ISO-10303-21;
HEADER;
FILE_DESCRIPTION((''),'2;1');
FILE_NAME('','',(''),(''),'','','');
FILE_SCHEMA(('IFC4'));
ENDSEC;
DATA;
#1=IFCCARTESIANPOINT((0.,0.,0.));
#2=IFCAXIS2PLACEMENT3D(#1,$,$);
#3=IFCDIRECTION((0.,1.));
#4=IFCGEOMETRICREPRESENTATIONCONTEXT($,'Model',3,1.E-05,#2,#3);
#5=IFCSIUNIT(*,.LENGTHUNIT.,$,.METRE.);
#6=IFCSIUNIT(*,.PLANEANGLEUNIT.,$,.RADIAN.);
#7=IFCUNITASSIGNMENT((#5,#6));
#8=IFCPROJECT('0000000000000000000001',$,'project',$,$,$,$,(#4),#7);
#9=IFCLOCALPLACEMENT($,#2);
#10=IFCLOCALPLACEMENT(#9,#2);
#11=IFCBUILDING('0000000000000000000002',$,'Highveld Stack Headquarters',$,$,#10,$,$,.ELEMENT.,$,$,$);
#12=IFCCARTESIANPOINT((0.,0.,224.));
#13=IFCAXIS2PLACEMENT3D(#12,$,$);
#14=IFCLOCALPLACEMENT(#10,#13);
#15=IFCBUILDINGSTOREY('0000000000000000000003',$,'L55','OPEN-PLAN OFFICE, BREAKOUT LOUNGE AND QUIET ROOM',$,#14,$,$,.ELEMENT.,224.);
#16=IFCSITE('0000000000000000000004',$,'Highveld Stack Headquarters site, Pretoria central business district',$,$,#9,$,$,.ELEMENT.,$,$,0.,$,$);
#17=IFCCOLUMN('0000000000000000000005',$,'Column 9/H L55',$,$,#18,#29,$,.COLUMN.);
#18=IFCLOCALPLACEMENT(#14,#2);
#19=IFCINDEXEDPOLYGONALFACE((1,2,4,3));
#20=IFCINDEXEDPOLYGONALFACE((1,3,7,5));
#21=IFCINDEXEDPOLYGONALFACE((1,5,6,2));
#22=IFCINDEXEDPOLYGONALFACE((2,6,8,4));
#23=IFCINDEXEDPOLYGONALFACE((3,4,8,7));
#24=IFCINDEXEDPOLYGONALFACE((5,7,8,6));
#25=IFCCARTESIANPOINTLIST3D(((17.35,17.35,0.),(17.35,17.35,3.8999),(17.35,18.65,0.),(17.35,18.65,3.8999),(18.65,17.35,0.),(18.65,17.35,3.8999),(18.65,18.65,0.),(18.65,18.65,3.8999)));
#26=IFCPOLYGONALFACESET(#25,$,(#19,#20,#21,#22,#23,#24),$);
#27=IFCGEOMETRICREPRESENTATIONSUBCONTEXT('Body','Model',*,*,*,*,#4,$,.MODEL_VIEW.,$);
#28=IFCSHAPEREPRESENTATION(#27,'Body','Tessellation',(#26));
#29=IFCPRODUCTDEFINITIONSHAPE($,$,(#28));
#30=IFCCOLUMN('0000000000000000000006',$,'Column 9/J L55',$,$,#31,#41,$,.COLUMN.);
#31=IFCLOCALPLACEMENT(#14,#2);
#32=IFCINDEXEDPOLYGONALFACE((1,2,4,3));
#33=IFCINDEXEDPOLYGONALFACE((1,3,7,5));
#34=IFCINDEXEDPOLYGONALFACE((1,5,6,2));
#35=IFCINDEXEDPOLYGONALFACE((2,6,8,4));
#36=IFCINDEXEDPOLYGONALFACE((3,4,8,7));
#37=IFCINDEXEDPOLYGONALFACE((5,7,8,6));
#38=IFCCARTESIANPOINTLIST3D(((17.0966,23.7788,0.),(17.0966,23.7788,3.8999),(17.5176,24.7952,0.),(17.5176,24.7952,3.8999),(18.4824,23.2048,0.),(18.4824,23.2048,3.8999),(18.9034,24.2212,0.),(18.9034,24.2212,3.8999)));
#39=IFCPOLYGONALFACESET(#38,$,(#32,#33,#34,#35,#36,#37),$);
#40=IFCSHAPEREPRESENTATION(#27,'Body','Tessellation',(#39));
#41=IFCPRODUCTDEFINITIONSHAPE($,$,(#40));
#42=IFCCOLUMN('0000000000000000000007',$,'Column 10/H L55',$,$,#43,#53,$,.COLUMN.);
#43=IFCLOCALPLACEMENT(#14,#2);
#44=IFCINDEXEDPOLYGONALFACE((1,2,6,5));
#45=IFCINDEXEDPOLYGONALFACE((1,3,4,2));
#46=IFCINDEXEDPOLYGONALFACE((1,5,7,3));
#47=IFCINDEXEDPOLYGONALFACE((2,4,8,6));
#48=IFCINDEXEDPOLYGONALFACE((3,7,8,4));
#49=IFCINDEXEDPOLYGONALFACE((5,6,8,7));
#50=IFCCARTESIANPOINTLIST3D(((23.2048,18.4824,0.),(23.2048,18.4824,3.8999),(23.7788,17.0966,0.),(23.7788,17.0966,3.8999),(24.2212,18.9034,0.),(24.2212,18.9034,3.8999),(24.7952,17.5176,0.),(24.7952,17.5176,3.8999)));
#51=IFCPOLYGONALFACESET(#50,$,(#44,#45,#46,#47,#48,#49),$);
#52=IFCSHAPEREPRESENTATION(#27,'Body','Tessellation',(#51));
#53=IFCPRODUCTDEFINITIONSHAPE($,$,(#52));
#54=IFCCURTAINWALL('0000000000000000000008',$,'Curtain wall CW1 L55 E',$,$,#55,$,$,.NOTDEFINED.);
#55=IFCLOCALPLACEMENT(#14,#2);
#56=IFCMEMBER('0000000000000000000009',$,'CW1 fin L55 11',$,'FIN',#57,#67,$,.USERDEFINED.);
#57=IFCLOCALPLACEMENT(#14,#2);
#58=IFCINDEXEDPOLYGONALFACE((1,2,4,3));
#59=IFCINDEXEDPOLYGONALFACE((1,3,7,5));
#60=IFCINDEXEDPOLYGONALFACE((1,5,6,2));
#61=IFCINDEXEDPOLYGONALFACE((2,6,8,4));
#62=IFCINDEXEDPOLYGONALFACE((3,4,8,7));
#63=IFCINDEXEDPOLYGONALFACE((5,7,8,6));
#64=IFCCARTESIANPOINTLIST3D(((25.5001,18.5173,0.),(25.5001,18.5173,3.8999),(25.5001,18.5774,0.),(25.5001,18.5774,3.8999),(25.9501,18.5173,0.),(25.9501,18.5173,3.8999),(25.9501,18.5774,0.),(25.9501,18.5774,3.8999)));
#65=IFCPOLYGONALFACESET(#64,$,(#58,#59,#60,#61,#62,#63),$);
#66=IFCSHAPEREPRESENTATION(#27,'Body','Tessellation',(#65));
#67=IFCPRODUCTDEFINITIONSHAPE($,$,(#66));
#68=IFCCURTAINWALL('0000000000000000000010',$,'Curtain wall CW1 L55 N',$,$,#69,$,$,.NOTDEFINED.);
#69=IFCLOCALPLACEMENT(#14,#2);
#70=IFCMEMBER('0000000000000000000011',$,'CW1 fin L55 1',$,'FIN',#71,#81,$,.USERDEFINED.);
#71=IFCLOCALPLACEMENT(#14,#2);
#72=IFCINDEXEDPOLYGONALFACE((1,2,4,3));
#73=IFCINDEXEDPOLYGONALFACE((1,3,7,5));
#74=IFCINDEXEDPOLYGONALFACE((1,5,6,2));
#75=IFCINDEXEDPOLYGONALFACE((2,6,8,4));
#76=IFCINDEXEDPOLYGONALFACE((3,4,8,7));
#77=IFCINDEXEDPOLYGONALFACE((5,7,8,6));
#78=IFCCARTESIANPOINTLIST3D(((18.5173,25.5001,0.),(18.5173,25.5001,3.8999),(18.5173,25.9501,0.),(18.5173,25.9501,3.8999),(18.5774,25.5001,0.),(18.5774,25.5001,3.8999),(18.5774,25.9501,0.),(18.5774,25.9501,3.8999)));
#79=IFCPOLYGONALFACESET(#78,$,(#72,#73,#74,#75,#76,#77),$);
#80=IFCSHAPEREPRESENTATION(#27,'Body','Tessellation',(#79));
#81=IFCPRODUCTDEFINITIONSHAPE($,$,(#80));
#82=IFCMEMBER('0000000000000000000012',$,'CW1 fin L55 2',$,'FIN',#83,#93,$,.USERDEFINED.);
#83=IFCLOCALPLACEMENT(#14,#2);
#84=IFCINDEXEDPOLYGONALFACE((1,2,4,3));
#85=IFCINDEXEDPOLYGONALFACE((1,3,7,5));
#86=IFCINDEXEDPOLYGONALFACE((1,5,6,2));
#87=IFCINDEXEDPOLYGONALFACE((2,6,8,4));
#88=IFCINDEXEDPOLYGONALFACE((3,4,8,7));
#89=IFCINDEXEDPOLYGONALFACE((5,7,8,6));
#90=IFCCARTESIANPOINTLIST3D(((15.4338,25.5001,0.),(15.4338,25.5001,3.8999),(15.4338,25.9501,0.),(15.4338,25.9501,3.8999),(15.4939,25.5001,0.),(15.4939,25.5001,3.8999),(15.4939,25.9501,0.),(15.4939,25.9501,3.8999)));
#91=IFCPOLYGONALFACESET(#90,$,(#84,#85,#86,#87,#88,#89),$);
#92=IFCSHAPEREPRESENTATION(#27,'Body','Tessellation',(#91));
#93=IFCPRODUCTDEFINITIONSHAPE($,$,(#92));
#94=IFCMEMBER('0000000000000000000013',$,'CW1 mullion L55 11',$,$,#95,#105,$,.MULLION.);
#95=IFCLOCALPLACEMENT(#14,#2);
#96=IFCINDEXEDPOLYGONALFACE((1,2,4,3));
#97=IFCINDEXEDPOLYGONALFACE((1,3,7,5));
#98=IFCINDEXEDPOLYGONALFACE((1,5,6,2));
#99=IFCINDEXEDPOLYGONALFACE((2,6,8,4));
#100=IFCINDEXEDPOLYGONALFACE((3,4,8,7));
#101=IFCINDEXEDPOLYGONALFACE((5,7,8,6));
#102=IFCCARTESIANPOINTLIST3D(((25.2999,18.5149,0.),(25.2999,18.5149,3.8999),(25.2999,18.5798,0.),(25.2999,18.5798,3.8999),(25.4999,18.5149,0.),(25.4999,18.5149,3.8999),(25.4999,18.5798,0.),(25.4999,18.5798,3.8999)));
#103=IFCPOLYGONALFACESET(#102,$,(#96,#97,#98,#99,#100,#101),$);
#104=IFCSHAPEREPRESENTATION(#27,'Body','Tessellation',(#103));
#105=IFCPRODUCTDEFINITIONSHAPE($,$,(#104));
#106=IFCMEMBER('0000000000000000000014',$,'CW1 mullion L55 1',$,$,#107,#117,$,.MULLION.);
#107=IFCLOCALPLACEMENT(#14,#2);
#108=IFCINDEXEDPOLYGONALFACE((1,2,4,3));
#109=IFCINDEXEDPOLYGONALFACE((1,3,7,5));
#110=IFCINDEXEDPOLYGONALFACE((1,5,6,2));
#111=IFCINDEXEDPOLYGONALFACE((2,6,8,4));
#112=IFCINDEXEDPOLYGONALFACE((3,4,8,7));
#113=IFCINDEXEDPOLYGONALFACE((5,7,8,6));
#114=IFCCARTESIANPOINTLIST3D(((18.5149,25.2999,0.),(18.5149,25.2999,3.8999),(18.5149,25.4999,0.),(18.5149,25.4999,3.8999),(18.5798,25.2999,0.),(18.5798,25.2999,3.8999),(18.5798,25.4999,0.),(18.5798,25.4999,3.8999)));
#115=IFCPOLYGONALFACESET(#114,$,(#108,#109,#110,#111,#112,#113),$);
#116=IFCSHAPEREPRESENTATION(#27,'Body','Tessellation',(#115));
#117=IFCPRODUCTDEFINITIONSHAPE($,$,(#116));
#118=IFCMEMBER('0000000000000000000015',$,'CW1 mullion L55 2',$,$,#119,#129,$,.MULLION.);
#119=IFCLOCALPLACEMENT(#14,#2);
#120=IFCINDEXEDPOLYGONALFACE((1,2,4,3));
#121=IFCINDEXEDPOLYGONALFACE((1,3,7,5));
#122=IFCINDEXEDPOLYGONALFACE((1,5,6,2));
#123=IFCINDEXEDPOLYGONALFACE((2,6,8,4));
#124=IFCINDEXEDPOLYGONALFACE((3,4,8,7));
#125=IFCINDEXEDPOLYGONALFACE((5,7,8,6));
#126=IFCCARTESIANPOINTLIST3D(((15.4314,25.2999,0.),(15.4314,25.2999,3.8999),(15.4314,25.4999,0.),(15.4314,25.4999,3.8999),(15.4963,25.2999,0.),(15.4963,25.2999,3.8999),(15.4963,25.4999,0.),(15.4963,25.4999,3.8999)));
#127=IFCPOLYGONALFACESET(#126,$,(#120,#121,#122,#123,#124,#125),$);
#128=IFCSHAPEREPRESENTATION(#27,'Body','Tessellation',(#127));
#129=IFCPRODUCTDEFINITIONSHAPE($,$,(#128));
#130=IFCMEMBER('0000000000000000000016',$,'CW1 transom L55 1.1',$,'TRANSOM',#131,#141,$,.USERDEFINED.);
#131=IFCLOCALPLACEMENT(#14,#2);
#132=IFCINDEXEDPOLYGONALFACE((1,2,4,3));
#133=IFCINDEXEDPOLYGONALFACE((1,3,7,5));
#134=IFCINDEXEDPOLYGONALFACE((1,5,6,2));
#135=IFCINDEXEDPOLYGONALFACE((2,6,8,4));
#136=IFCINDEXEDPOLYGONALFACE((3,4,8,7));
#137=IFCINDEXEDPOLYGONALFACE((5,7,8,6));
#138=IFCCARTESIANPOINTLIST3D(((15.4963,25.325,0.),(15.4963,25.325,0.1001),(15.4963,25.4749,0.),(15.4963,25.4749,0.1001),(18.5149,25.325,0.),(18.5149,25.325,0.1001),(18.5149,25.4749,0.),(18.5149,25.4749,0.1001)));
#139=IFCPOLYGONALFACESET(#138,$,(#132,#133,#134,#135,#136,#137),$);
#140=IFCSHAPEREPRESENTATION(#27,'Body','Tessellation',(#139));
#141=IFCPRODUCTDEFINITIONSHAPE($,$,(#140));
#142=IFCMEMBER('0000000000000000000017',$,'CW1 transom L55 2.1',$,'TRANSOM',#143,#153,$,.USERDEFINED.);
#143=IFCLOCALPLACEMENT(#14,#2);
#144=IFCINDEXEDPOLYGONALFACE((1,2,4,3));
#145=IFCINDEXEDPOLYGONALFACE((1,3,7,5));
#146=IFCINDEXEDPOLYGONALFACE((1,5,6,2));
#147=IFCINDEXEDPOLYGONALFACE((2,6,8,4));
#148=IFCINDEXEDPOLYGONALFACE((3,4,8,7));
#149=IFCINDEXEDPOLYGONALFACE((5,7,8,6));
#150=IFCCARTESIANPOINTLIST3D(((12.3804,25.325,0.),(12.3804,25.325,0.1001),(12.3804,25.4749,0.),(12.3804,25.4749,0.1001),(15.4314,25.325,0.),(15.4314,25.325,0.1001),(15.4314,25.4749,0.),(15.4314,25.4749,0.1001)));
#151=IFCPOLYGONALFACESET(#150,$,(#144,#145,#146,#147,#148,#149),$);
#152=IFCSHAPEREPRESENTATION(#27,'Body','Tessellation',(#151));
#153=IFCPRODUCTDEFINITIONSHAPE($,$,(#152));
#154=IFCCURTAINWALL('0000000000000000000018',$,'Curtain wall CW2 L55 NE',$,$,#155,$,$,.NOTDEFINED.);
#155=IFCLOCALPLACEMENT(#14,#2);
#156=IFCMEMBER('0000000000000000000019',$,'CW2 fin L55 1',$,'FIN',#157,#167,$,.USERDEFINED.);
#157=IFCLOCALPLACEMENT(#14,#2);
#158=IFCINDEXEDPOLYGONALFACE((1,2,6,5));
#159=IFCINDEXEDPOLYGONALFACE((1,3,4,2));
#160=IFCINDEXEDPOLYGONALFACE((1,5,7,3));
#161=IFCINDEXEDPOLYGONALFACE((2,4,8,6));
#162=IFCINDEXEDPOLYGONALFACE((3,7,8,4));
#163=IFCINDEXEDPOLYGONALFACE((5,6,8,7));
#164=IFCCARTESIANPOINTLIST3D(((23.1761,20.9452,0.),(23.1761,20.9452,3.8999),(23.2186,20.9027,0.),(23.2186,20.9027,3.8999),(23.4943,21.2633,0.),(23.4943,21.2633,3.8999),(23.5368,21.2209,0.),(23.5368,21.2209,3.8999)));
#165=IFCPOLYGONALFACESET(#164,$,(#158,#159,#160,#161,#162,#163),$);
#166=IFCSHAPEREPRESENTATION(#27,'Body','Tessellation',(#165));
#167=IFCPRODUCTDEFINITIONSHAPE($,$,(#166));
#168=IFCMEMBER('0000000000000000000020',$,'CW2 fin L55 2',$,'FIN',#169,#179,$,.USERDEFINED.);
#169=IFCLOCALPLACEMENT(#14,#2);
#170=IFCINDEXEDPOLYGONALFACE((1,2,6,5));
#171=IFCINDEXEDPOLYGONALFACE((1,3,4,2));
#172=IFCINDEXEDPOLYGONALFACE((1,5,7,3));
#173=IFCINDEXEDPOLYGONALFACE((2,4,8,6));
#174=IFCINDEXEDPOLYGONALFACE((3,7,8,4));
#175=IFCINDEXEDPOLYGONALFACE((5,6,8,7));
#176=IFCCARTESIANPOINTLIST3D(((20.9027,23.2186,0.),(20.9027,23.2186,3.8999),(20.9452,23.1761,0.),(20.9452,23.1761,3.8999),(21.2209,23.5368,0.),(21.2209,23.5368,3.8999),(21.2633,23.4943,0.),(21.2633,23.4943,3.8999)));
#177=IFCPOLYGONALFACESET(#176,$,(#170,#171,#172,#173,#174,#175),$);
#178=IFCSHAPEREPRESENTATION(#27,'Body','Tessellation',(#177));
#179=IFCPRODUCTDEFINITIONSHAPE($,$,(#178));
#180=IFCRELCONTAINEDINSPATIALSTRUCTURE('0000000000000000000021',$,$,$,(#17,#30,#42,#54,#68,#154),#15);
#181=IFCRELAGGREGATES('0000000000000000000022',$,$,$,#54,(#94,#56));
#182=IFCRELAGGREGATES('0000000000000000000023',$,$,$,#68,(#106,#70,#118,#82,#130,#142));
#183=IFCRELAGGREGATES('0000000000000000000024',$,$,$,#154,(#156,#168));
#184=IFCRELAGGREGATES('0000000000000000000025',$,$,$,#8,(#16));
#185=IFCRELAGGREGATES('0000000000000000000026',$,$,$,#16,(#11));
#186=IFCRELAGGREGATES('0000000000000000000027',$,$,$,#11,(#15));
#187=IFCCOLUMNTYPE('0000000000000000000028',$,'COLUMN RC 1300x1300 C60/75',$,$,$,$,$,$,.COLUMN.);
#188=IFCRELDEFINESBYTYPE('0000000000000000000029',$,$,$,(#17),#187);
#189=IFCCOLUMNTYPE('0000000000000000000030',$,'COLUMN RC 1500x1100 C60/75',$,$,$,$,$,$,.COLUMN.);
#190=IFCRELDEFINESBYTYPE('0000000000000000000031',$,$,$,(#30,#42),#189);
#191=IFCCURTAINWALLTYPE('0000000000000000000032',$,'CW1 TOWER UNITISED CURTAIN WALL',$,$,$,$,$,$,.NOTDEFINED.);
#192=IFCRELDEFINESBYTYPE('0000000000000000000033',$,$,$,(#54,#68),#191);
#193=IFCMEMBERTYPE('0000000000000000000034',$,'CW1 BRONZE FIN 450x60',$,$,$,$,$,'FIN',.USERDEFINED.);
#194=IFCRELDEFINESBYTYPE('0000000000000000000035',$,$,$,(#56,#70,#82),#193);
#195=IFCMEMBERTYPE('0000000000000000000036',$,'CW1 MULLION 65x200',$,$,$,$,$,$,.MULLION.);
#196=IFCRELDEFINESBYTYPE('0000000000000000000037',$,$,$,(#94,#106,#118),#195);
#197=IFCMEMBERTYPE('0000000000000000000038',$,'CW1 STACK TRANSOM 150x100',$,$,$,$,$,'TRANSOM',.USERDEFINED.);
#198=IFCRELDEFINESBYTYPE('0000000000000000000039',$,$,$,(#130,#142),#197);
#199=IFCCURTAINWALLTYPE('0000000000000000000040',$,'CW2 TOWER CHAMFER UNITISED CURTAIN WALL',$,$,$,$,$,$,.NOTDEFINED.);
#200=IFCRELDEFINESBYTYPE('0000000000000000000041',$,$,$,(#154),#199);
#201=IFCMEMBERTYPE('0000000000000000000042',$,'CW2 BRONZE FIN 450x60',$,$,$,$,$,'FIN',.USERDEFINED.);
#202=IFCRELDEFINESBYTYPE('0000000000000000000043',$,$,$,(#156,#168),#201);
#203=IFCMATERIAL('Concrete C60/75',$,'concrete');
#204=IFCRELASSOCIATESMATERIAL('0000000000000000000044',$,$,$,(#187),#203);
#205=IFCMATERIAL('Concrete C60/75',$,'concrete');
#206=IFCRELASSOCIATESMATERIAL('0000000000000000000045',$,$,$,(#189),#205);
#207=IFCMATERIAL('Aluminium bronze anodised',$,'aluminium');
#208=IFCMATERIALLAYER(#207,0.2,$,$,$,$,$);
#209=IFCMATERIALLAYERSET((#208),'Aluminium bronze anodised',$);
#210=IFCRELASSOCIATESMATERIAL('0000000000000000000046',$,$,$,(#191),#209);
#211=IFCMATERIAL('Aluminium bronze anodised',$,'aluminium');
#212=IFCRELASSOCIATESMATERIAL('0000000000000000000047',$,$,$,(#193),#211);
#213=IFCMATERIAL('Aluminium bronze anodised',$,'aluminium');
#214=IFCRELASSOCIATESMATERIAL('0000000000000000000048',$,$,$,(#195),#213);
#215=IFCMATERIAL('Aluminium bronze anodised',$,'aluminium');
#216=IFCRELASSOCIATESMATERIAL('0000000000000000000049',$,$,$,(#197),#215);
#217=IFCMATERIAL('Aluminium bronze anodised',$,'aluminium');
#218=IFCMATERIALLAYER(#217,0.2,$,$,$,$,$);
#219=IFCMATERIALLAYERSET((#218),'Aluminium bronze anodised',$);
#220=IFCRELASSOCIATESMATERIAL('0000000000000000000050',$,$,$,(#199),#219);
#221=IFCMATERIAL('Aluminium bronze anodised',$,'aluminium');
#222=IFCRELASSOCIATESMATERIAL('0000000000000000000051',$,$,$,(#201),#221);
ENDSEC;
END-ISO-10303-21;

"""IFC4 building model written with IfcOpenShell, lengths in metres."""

from ifc_helpers import new_model, si_unit, direction, frame, origin, origin_2d, place, context, subcontext, project, spatial, rectangle, extrude, material, layer, layer_set, material_profile, profile_set, type_object, element, aggregate, save


model = new_model("IFC4")

# Units and contexts
model_context = context("Model", 3, precision=1e-05, world=origin(), true_north=direction((0.0, 1.0)))
body_context = subcontext(model_context, "Body", "Model", "MODEL_VIEW")
ifc_project = project(units=[si_unit("LENGTHUNIT", "METRE"), si_unit("PLANEANGLEUNIT", "RADIAN")], contexts=[model_context])

# Site, building, storey
site_placement = place(None, origin())
site = spatial("IfcSite", under=ifc_project, at=site_placement, Name="Highveld Stack Headquarters site, Pretoria central business district", CompositionType="ELEMENT", RefElevation=0.0)
building_placement = place(site_placement, origin())
building = spatial("IfcBuilding", under=site, at=building_placement, Name="Highveld Stack Headquarters", CompositionType="ELEMENT")
storey_placement = place(building_placement, frame((0.0, 0.0, 224.0)))
storey = spatial("IfcBuildingStorey", under=building, at=storey_placement, Name="L55", Description="OPEN-PLAN OFFICE, BREAKOUT LOUNGE AND QUIET ROOM", CompositionType="ELEMENT", Elevation=224.0)

# Columns
ifc_material_1 = material(Name="Concrete C60/75", Category="concrete")
ifc_material_profile_1 = material_profile(ifc_material_1, rectangle(XDim=1.3, YDim=1.3, at=origin_2d()), Name="RC 1300x1300")
ifc_profile_set_1 = profile_set([ifc_material_profile_1], Name="Concrete C60/75")
column_type_1 = type_object("IfcColumnType", Name="COLUMN RC 1300x1300 C60/75", PredefinedType="COLUMN", material=ifc_profile_set_1)
column_placement = place(storey_placement, frame((18.0, 18.0, 0.0), z_axis=(0.0, 0.0, 1.0), x_axis=(1.0, 0.0, 0.0)))
element("IfcColumn", 1, at=column_placement, inside=storey, type_object=column_type_1, Name="Column 9/H L55", PredefinedType="COLUMN", context=body_context, shape_type="SweptSolid", body=[
    extrude(rectangle(XDim=1.3, YDim=1.3, at=origin_2d()), origin(), (0.0, 0.0, 1.0), 3.8999),
])
ifc_material_2 = material(Name="Concrete C60/75", Category="concrete")
ifc_material_profile_2 = material_profile(ifc_material_2, rectangle(XDim=1.5, YDim=1.1001, at=origin_2d()), Name="RC 1500x1100")
ifc_profile_set_2 = profile_set([ifc_material_profile_2], Name="Concrete C60/75")
column_type_2 = type_object("IfcColumnType", Name="COLUMN RC 1500x1100 C60/75", PredefinedType="COLUMN", material=ifc_profile_set_2)
for number, where, z_axis, x_axis, name in (
    (2, (18.0, 24.0, 0.0), (0.0, 0.0, 1.0), (0.92388, -0.382683, 0.0), "Column 9/J L55"),
    (3, (24.0, 18.0, 0.0), (0.0, 0.0, 1.0), (0.382683, -0.92388, 0.0), "Column 10/H L55"),
):
    element("IfcColumn", number, at=place(storey_placement, frame(where, z_axis=z_axis, x_axis=x_axis)), inside=storey, type_object=column_type_2, Name=name, PredefinedType="COLUMN", context=body_context, shape_type="SweptSolid", body=[
        extrude(rectangle(XDim=1.5, YDim=1.1001, at=origin_2d()), origin(), (0.0, 0.0, 1.0), 3.8999),
    ])

# Curtain wall, member
ifc_material_3 = material(Name="Aluminium bronze anodised", Category="aluminium")
ifc_layer_1 = layer(ifc_material_3, 0.2)
ifc_layer_set_1 = layer_set([ifc_layer_1], Name="Aluminium bronze anodised")
curtain_wall_type_1 = type_object("IfcCurtainWallType", Name="CW1 TOWER UNITISED CURTAIN WALL", PredefinedType="NOTDEFINED", material=ifc_layer_set_1)
curtain_wall_1_placement = place(storey_placement, origin())
curtain_wall_1 = element("IfcCurtainWall", 4, at=curtain_wall_1_placement, inside=storey, type_object=curtain_wall_type_1, Name="Curtain wall CW1 L55 E", PredefinedType="NOTDEFINED")
ifc_material_4 = material(Name="Aluminium bronze anodised", Category="aluminium")
ifc_material_profile_3 = material_profile(ifc_material_4, rectangle(XDim=0.45, YDim=0.0601, at=origin_2d()), Name="FIN 450x60")
ifc_profile_set_3 = profile_set([ifc_material_profile_3], Name="Aluminium bronze anodised")
member_type_1 = type_object("IfcMemberType", Name="CW1 BRONZE FIN 450x60", ElementType="FIN", PredefinedType="USERDEFINED", material=ifc_profile_set_3)
member_1_placement = place(storey_placement, frame((25.7251, 18.5474, 0.0), z_axis=(0.0, 0.0, 1.0), x_axis=(-1.0, 0.0, 0.0)))
member_1 = element("IfcMember", 5, at=member_1_placement, type_object=member_type_1, Name="CW1 fin L55 11", ObjectType="FIN", PredefinedType="USERDEFINED", context=body_context, shape_type="SweptSolid", body=[
    extrude(rectangle(XDim=0.45, YDim=0.0601, at=origin_2d()), origin(), (0.0, 0.0, 1.0), 3.8999),
])

# Curtain wall, members
curtain_wall_2_placement = place(storey_placement, origin())
curtain_wall_2 = element("IfcCurtainWall", 6, at=curtain_wall_2_placement, inside=storey, type_object=curtain_wall_type_1, Name="Curtain wall CW1 L55 N", PredefinedType="NOTDEFINED")
member_2_placement = place(storey_placement, frame((18.5474, 25.7251, 0.0), z_axis=(0.0, 0.0, 1.0), x_axis=(0.0, -1.0, 0.0)))
member_2 = element("IfcMember", 7, at=member_2_placement, type_object=member_type_1, Name="CW1 fin L55 1", ObjectType="FIN", PredefinedType="USERDEFINED", context=body_context, shape_type="SweptSolid", body=[
    extrude(rectangle(XDim=0.45, YDim=0.0601, at=origin_2d()), origin(), (0.0, 0.0, 1.0), 3.8999),
])
member_3_placement = place(storey_placement, frame((15.4639, 25.7251, 0.0), z_axis=(0.0, 0.0, 1.0), x_axis=(0.0, -1.0, 0.0)))
member_3 = element("IfcMember", 8, at=member_3_placement, type_object=member_type_1, Name="CW1 fin L55 2", ObjectType="FIN", PredefinedType="USERDEFINED", context=body_context, shape_type="SweptSolid", body=[
    extrude(rectangle(XDim=0.45, YDim=0.0601, at=origin_2d()), origin(), (0.0, 0.0, 1.0), 3.8999),
])

# Members
ifc_material_5 = material(Name="Aluminium bronze anodised", Category="aluminium")
ifc_material_profile_4 = material_profile(ifc_material_5, rectangle(XDim=0.2, YDim=0.0649, at=origin_2d()), Name="CW1 MULLION 65x200")
ifc_profile_set_4 = profile_set([ifc_material_profile_4], Name="Aluminium bronze anodised")
member_type_2 = type_object("IfcMemberType", Name="CW1 MULLION 65x200", PredefinedType="MULLION", material=ifc_profile_set_4)
member_4_placement = place(storey_placement, frame((25.3999, 18.5474, 0.0), z_axis=(0.0, 0.0, 1.0), x_axis=(-1.0, 0.0, 0.0)))
member_4 = element("IfcMember", 9, at=member_4_placement, type_object=member_type_2, Name="CW1 mullion L55 11", PredefinedType="MULLION", context=body_context, shape_type="SweptSolid", body=[
    extrude(rectangle(XDim=0.2, YDim=0.0649, at=origin_2d()), origin(), (0.0, 0.0, 1.0), 3.8999),
])
member_5_placement = place(storey_placement, frame((18.5474, 25.3999, 0.0), z_axis=(0.0, 0.0, 1.0), x_axis=(0.0, -1.0, 0.0)))
member_5 = element("IfcMember", 10, at=member_5_placement, type_object=member_type_2, Name="CW1 mullion L55 1", PredefinedType="MULLION", context=body_context, shape_type="SweptSolid", body=[
    extrude(rectangle(XDim=0.2, YDim=0.0649, at=origin_2d()), origin(), (0.0, 0.0, 1.0), 3.8999),
])
member_6_placement = place(storey_placement, frame((15.4639, 25.3999, 0.0), z_axis=(0.0, 0.0, 1.0), x_axis=(0.0, -1.0, 0.0)))
member_6 = element("IfcMember", 11, at=member_6_placement, type_object=member_type_2, Name="CW1 mullion L55 2", PredefinedType="MULLION", context=body_context, shape_type="SweptSolid", body=[
    extrude(rectangle(XDim=0.2, YDim=0.0649, at=origin_2d()), origin(), (0.0, 0.0, 1.0), 3.8999),
])
ifc_material_6 = material(Name="Aluminium bronze anodised", Category="aluminium")
ifc_material_profile_5 = material_profile(ifc_material_6, rectangle(XDim=0.1499, YDim=0.1001, at=origin_2d()), Name="CW1 TRANSOM 150x100")
ifc_profile_set_5 = profile_set([ifc_material_profile_5], Name="Aluminium bronze anodised")
member_type_3 = type_object("IfcMemberType", Name="CW1 STACK TRANSOM 150x100", ElementType="TRANSOM", PredefinedType="USERDEFINED", material=ifc_profile_set_5)
member_7_placement = place(storey_placement, frame((18.5149, 25.3999, 0.05), z_axis=(-1.0, 0.0, 0.0), x_axis=(0.0, -1.0, 0.0)))
member_7 = element("IfcMember", 12, at=member_7_placement, type_object=member_type_3, Name="CW1 transom L55 1.1", ObjectType="TRANSOM", PredefinedType="USERDEFINED", context=body_context, shape_type="SweptSolid", body=[
    extrude(rectangle(XDim=0.1499, YDim=0.1001, at=origin_2d()), origin(), (0.0, 0.0, 1.0), 3.0186),
])
member_8_placement = place(storey_placement, frame((15.4314, 25.3999, 0.05), z_axis=(-1.0, 0.0, 0.0), x_axis=(0.0, -1.0, 0.0)))
member_8 = element("IfcMember", 13, at=member_8_placement, type_object=member_type_3, Name="CW1 transom L55 2.1", ObjectType="TRANSOM", PredefinedType="USERDEFINED", context=body_context, shape_type="SweptSolid", body=[
    extrude(rectangle(XDim=0.1499, YDim=0.1001, at=origin_2d()), origin(), (0.0, 0.0, 1.0), 3.051),
])

# Curtain wall, members
ifc_material_7 = material(Name="Aluminium bronze anodised", Category="aluminium")
ifc_layer_2 = layer(ifc_material_7, 0.2)
ifc_layer_set_2 = layer_set([ifc_layer_2], Name="Aluminium bronze anodised")
curtain_wall_type_2 = type_object("IfcCurtainWallType", Name="CW2 TOWER CHAMFER UNITISED CURTAIN WALL", PredefinedType="NOTDEFINED", material=ifc_layer_set_2)
curtain_wall_3_placement = place(storey_placement, origin())
curtain_wall_3 = element("IfcCurtainWall", 14, at=curtain_wall_3_placement, inside=storey, type_object=curtain_wall_type_2, Name="Curtain wall CW2 L55 NE", PredefinedType="NOTDEFINED")
ifc_material_8 = material(Name="Aluminium bronze anodised", Category="aluminium")
ifc_material_profile_6 = material_profile(ifc_material_8, rectangle(XDim=0.45, YDim=0.0601, at=origin_2d()), Name="FIN 450x60")
ifc_profile_set_6 = profile_set([ifc_material_profile_6], Name="Aluminium bronze anodised")
member_type_4 = type_object("IfcMemberType", Name="CW2 BRONZE FIN 450x60", ElementType="FIN", PredefinedType="USERDEFINED", material=ifc_profile_set_6)
member_9_placement = place(storey_placement, frame((23.3564, 21.083, 0.0), z_axis=(0.0, 0.0, 1.0), x_axis=(-0.707107, -0.707107, 0.0)))
member_9 = element("IfcMember", 15, at=member_9_placement, type_object=member_type_4, Name="CW2 fin L55 1", ObjectType="FIN", PredefinedType="USERDEFINED", context=body_context, shape_type="SweptSolid", body=[
    extrude(rectangle(XDim=0.45, YDim=0.0601, at=origin_2d()), origin(), (0.0, 0.0, 1.0), 3.8999),
])
member_10_placement = place(storey_placement, frame((21.083, 23.3564, 0.0), z_axis=(0.0, 0.0, 1.0), x_axis=(-0.707107, -0.707107, 0.0)))
member_10 = element("IfcMember", 16, at=member_10_placement, type_object=member_type_4, Name="CW2 fin L55 2", ObjectType="FIN", PredefinedType="USERDEFINED", context=body_context, shape_type="SweptSolid", body=[
    extrude(rectangle(XDim=0.45, YDim=0.0601, at=origin_2d()), origin(), (0.0, 0.0, 1.0), 3.8999),
])

aggregate(curtain_wall_1, [member_4, member_1])
aggregate(curtain_wall_2, [member_5, member_2, member_6, member_3, member_7, member_8])
aggregate(curtain_wall_3, [member_9, member_10])

save(model, "model.ifc")
